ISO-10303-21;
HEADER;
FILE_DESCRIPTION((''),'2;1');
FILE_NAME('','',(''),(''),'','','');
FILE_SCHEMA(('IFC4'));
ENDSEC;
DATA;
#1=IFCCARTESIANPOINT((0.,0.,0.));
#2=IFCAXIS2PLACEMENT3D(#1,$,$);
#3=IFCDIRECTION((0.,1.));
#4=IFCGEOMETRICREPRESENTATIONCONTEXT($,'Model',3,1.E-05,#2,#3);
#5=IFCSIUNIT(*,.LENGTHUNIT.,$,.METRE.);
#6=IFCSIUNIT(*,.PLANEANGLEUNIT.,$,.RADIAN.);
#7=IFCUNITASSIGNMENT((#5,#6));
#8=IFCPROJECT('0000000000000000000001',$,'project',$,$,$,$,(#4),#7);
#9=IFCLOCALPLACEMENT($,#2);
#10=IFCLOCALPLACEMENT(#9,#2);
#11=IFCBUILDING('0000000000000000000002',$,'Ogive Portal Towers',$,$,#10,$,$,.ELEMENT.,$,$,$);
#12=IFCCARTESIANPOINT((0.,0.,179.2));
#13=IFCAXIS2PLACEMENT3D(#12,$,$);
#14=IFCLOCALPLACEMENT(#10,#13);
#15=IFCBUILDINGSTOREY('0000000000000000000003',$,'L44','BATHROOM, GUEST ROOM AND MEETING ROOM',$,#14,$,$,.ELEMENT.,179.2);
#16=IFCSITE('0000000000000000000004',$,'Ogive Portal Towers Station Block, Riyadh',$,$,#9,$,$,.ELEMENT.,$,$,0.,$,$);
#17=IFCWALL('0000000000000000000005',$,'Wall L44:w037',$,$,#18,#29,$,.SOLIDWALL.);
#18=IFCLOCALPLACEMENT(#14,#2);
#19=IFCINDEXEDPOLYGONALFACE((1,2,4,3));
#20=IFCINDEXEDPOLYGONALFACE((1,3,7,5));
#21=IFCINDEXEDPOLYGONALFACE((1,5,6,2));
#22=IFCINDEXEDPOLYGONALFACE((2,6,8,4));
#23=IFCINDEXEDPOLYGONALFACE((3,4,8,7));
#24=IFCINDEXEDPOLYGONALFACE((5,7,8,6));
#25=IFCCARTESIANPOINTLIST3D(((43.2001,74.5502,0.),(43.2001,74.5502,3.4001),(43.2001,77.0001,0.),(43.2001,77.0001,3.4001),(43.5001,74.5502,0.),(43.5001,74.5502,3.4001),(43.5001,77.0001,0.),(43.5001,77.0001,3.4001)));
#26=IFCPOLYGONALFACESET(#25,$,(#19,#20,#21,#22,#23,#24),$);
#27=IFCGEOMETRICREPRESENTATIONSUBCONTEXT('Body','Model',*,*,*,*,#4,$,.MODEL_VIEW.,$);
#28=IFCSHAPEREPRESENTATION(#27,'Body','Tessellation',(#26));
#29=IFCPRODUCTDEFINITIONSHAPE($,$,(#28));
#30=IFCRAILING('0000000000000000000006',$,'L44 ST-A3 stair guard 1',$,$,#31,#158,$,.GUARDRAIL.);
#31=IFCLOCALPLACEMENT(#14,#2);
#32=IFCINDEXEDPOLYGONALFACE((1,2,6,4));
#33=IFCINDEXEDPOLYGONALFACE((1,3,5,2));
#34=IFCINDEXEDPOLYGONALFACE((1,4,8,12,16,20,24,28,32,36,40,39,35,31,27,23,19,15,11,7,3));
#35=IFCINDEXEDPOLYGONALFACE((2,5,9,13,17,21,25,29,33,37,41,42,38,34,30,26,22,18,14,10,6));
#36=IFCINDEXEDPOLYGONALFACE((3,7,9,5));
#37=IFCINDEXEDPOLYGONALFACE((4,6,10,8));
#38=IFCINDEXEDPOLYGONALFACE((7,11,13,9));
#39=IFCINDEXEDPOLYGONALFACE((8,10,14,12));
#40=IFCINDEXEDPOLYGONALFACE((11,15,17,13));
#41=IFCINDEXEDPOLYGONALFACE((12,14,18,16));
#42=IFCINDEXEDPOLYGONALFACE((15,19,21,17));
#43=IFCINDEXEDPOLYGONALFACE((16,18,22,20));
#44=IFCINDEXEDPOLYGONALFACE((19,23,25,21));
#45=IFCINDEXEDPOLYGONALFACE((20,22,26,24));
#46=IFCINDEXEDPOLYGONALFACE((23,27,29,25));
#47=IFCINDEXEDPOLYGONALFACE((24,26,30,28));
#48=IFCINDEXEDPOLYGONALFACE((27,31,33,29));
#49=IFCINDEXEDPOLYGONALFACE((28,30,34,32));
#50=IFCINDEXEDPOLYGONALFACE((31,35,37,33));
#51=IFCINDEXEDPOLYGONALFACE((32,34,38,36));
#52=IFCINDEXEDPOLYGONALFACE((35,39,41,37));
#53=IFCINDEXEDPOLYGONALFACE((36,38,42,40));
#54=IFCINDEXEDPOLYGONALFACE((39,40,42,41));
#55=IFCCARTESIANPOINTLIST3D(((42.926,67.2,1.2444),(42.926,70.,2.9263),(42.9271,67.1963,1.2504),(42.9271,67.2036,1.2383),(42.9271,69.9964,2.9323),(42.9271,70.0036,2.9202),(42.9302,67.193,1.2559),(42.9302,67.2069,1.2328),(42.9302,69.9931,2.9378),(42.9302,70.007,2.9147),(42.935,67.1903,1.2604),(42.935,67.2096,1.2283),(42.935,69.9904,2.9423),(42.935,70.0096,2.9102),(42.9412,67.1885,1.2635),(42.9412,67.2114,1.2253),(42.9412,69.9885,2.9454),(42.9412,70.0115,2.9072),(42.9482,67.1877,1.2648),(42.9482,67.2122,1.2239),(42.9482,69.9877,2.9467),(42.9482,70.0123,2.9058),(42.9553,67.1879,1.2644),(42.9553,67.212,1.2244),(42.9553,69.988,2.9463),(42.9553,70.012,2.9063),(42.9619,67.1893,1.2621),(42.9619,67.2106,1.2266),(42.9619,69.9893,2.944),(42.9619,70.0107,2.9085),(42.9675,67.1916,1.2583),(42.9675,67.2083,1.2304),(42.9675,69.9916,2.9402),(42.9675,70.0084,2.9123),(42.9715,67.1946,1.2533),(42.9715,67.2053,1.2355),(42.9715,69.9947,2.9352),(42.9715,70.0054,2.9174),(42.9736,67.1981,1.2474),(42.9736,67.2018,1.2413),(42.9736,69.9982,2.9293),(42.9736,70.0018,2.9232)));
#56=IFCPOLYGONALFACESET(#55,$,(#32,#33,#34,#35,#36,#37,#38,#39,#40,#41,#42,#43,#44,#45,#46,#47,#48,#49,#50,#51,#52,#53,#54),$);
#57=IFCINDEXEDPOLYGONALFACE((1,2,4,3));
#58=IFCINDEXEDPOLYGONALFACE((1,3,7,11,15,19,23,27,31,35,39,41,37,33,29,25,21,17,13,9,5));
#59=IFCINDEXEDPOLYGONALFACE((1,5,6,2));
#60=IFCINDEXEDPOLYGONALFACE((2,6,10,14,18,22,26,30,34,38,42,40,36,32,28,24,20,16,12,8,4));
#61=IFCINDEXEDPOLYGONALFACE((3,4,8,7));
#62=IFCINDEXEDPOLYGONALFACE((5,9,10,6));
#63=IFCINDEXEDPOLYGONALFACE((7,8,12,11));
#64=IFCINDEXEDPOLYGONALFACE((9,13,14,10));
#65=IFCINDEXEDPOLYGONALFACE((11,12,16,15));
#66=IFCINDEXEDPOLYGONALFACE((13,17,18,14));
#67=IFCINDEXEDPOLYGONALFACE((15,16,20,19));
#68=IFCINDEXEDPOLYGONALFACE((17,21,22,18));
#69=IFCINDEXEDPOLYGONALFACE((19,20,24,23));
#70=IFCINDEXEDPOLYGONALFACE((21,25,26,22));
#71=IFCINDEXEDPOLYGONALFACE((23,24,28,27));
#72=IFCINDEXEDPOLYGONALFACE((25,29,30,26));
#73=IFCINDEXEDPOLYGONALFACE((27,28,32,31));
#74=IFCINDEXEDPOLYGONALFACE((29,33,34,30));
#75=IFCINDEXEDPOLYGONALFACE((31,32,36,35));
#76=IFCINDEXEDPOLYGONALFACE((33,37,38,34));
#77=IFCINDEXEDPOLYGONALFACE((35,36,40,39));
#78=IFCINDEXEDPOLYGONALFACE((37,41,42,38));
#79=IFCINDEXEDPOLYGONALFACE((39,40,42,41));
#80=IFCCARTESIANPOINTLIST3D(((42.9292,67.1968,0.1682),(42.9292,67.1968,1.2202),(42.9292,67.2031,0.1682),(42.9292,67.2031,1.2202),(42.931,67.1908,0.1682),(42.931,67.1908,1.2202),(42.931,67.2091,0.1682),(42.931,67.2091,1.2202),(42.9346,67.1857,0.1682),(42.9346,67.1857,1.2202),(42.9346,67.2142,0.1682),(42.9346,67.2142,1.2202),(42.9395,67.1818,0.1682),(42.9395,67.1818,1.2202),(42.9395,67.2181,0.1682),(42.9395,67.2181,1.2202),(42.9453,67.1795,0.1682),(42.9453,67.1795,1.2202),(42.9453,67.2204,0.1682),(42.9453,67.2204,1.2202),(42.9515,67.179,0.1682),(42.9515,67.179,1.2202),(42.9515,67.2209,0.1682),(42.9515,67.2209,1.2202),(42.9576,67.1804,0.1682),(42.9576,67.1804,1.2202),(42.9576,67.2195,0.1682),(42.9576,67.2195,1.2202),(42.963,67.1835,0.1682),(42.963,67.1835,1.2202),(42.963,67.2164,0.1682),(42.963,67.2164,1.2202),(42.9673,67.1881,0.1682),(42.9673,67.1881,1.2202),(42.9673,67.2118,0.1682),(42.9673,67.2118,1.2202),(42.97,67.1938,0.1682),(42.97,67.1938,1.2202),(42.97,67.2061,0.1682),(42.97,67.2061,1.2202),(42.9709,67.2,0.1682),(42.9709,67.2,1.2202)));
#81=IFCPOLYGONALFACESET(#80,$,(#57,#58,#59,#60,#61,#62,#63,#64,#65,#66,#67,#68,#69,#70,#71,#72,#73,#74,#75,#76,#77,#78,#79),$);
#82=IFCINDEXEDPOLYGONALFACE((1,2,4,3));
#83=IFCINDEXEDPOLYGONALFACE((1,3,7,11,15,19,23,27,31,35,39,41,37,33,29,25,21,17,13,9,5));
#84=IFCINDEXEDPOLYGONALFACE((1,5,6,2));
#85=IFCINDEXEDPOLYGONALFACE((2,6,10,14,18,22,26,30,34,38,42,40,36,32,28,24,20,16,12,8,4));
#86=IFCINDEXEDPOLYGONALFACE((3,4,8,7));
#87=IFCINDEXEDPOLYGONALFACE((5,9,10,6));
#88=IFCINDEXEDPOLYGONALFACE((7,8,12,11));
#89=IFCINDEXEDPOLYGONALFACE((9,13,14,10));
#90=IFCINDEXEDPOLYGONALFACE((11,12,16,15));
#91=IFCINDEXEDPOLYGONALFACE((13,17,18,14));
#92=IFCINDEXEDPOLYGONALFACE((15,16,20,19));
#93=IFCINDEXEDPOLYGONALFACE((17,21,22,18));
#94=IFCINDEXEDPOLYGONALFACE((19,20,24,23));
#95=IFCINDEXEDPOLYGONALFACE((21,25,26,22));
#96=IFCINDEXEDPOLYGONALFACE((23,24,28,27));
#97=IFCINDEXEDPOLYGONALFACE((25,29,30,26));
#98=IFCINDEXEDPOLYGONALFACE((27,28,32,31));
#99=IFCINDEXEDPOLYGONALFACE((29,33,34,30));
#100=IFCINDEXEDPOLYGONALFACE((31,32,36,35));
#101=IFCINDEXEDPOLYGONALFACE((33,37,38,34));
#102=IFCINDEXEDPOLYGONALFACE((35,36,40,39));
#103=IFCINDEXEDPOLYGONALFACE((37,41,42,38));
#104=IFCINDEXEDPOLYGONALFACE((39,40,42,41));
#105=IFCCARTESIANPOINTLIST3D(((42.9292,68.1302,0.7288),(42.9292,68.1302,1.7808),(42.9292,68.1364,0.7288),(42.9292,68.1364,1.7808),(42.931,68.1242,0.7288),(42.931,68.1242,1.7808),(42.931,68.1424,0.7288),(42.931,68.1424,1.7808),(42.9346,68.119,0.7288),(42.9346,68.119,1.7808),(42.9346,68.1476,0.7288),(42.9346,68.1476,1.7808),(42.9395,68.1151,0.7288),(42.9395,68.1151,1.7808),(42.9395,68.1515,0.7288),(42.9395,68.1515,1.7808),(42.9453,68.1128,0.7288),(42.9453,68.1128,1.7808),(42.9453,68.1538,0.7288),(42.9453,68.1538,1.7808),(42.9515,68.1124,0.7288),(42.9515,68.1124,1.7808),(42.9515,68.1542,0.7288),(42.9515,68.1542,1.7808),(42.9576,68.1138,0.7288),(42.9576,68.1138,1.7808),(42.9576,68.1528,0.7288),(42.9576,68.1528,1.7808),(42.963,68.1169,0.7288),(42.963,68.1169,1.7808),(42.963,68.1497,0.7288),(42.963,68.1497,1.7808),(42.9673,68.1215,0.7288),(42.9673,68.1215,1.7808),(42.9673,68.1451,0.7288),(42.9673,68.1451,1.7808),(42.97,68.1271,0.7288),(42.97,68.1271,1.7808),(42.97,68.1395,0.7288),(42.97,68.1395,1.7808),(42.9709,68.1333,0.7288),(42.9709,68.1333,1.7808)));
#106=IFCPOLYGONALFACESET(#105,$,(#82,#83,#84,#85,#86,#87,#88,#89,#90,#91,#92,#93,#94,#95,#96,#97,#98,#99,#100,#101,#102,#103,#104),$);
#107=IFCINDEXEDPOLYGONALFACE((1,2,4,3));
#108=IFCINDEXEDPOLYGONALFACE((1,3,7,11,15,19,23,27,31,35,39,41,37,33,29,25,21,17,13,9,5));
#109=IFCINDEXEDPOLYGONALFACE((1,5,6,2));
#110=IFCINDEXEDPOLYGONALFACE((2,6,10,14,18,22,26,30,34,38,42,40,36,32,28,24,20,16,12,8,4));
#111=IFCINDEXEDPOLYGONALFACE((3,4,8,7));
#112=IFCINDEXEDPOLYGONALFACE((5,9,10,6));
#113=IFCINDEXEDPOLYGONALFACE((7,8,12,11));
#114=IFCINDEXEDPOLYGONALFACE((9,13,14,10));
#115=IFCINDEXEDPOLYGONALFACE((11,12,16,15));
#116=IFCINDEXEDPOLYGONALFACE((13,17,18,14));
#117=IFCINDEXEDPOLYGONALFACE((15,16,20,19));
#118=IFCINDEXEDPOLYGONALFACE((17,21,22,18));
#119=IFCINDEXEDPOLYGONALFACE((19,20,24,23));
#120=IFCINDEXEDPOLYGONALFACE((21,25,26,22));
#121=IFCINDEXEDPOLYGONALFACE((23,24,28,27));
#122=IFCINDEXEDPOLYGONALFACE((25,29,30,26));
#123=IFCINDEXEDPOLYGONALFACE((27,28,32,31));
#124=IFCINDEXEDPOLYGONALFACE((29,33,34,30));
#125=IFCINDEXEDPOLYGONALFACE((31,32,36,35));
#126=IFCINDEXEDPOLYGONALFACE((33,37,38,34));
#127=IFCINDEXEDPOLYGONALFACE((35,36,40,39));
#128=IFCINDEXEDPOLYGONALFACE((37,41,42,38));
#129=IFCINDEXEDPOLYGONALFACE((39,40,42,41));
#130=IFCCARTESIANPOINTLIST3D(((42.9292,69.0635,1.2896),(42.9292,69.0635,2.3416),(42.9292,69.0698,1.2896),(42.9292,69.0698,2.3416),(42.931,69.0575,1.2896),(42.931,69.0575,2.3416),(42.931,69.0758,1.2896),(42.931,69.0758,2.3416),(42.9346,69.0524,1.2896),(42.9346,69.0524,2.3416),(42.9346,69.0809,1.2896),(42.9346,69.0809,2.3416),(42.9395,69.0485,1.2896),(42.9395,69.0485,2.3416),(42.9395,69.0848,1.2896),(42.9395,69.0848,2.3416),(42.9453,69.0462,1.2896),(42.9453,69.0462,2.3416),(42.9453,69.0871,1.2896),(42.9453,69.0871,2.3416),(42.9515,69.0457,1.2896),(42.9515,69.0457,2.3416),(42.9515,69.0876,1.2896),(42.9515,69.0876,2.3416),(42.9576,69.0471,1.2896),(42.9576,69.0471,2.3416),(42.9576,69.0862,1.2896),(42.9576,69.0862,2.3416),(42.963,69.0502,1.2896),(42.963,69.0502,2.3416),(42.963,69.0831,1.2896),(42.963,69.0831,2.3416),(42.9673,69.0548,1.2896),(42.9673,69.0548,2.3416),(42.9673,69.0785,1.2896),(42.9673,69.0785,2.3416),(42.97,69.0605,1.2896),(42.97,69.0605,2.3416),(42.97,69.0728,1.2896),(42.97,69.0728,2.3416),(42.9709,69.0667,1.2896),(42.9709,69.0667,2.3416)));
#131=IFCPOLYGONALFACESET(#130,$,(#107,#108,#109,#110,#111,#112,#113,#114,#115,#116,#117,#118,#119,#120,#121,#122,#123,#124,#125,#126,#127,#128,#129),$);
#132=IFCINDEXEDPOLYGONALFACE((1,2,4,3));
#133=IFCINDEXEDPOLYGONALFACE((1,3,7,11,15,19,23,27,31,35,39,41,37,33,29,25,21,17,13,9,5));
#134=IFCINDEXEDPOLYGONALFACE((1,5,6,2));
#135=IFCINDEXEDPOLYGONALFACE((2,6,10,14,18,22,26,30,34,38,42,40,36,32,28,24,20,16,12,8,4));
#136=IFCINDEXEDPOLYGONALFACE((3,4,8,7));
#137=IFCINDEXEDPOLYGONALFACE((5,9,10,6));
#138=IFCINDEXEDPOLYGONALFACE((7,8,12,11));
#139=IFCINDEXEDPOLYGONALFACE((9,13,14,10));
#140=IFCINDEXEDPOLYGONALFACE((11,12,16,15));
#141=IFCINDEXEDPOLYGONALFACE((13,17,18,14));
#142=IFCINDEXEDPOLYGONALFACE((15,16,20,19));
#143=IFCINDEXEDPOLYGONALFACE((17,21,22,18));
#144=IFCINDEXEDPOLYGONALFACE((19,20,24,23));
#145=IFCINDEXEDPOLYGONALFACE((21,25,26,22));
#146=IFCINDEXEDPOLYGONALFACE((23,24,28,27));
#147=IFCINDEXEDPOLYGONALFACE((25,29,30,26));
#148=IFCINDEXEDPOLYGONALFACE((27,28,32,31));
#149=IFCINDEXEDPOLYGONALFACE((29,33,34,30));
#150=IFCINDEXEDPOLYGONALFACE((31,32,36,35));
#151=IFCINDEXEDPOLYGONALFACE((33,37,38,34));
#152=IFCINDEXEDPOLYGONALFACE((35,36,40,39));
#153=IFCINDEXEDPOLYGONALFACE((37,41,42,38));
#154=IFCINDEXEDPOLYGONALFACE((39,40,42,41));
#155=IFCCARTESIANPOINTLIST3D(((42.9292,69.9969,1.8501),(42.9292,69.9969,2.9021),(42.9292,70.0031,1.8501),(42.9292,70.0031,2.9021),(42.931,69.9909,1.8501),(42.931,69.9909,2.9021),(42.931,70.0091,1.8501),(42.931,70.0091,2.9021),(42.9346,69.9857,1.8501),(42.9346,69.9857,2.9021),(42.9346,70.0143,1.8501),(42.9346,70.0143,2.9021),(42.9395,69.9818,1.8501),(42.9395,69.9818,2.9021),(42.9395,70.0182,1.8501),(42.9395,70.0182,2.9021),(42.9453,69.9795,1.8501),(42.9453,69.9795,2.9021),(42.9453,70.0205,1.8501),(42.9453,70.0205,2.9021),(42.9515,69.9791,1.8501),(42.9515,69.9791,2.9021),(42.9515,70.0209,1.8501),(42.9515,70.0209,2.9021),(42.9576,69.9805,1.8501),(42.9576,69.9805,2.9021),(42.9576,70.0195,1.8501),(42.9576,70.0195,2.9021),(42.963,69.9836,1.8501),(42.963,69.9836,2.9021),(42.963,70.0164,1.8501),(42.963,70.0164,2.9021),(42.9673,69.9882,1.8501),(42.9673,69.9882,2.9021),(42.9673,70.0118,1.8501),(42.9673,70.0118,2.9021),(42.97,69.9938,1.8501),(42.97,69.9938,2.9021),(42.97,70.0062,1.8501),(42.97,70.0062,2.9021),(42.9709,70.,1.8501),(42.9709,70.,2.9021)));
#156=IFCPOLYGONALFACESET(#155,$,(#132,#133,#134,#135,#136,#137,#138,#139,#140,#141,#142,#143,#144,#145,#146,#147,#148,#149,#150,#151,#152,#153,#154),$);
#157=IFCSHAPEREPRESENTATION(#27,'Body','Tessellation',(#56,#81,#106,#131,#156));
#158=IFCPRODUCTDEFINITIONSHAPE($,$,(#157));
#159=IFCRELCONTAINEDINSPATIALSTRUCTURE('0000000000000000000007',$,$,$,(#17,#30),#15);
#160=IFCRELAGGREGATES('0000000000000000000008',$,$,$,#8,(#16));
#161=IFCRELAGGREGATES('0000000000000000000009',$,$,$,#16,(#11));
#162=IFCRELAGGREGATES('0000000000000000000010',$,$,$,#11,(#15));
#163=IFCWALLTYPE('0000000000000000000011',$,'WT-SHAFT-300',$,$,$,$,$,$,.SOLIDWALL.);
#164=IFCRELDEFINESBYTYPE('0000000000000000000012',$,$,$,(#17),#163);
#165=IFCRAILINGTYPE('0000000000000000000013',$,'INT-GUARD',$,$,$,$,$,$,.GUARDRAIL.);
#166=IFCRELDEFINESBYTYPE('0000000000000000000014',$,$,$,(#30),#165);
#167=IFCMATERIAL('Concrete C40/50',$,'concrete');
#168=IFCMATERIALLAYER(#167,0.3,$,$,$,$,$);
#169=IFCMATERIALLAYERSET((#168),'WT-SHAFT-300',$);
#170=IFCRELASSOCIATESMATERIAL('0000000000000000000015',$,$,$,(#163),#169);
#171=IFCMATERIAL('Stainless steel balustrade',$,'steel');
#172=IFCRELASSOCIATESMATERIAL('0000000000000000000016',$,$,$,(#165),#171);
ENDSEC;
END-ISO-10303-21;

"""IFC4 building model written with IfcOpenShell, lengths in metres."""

from ifc_helpers import new_model, si_unit, direction, frame, frame_2d, origin, origin_2d, place, context, subcontext, project, spatial, rectangle, circle, extrude, material, layer, layer_set, type_object, element, save


model = new_model("IFC4")

# Units and contexts
model_context = context("Model", 3, precision=1e-05, world=origin(), true_north=direction((0.0, 1.0)))
body_context = subcontext(model_context, "Body", "Model", "MODEL_VIEW")
ifc_project = project(units=[si_unit("LENGTHUNIT", "METRE"), si_unit("PLANEANGLEUNIT", "RADIAN")], contexts=[model_context])

# Site, building, storey
site_placement = place(None, origin())
site = spatial("IfcSite", under=ifc_project, at=site_placement, Name="Ogive Portal Towers Station Block, Riyadh", CompositionType="ELEMENT", RefElevation=0.0)
building_placement = place(site_placement, origin())
building = spatial("IfcBuilding", under=site, at=building_placement, Name="Ogive Portal Towers", CompositionType="ELEMENT")
storey_placement = place(building_placement, frame((0.0, 0.0, 179.2)))
storey = spatial("IfcBuildingStorey", under=building, at=storey_placement, Name="L44", Description="BATHROOM, GUEST ROOM AND MEETING ROOM", CompositionType="ELEMENT", Elevation=179.2)

# Shared definitions
ifc_material_1 = material(Name="Concrete C40/50", Category="concrete")

# Wall
ifc_layer_1 = layer(ifc_material_1, 0.3)
ifc_layer_set_1 = layer_set([ifc_layer_1], Name="WT-SHAFT-300")
wall_type_1 = type_object("IfcWallType", Name="WT-SHAFT-300", PredefinedType="SOLIDWALL", material=ifc_layer_set_1)
wall_1_placement = place(storey_placement, frame((43.3501, 74.55, 0.0), z_axis=(0.0, 0.0, 1.0), x_axis=(0.0, 1.0, 0.0)))
element("IfcWall", 1, at=wall_1_placement, inside=storey, type_object=wall_type_1, Name="Wall L44:w037", PredefinedType="SOLIDWALL", context=body_context, shape_type="SweptSolid", body=[
    extrude(rectangle(XDim=2.45, YDim=0.3, at=frame_2d((1.2251, 0.0))), origin(), (0.0, 0.0, 1.0), 3.4001),
])

# Railing
ifc_material_2 = material(Name="Stainless steel balustrade", Category="steel")
railing_type_1 = type_object("IfcRailingType", Name="INT-GUARD", PredefinedType="GUARDRAIL", material=ifc_material_2)
railing_1_placement = place(storey_placement, frame((42.95, 67.2, 0.1682)))
element("IfcRailing", 2, at=railing_1_placement, inside=storey, type_object=railing_type_1, Name="L44 ST-A3 stair guard 1", PredefinedType="GUARDRAIL", context=body_context, shape_type="SweptSolid", body=[
    extrude(circle(Radius=0.0239, at=origin_2d()), frame((0.0, 0.0, 1.0762), z_axis=(0.0, 0.857242, 0.514913), x_axis=(-1.0, 0.0, 0.0)), (0.0, 0.0, 1.0), 3.2664),
    extrude(circle(Radius=0.021, at=origin_2d()), origin(), (0.0, 0.0, 1.0), 1.052),
    extrude(circle(Radius=0.021, at=origin_2d()), frame((0.0, 0.9333, 0.5605)), (0.0, 0.0, 1.0), 1.052),
    extrude(circle(Radius=0.021, at=origin_2d()), frame((0.0, 1.8667, 1.1213)), (0.0, 0.0, 1.0), 1.052),
    extrude(circle(Radius=0.021, at=origin_2d()), frame((0.0, 2.8, 1.6819)), (0.0, 0.0, 1.0), 1.052),
])

save(model, "model.ifc")
